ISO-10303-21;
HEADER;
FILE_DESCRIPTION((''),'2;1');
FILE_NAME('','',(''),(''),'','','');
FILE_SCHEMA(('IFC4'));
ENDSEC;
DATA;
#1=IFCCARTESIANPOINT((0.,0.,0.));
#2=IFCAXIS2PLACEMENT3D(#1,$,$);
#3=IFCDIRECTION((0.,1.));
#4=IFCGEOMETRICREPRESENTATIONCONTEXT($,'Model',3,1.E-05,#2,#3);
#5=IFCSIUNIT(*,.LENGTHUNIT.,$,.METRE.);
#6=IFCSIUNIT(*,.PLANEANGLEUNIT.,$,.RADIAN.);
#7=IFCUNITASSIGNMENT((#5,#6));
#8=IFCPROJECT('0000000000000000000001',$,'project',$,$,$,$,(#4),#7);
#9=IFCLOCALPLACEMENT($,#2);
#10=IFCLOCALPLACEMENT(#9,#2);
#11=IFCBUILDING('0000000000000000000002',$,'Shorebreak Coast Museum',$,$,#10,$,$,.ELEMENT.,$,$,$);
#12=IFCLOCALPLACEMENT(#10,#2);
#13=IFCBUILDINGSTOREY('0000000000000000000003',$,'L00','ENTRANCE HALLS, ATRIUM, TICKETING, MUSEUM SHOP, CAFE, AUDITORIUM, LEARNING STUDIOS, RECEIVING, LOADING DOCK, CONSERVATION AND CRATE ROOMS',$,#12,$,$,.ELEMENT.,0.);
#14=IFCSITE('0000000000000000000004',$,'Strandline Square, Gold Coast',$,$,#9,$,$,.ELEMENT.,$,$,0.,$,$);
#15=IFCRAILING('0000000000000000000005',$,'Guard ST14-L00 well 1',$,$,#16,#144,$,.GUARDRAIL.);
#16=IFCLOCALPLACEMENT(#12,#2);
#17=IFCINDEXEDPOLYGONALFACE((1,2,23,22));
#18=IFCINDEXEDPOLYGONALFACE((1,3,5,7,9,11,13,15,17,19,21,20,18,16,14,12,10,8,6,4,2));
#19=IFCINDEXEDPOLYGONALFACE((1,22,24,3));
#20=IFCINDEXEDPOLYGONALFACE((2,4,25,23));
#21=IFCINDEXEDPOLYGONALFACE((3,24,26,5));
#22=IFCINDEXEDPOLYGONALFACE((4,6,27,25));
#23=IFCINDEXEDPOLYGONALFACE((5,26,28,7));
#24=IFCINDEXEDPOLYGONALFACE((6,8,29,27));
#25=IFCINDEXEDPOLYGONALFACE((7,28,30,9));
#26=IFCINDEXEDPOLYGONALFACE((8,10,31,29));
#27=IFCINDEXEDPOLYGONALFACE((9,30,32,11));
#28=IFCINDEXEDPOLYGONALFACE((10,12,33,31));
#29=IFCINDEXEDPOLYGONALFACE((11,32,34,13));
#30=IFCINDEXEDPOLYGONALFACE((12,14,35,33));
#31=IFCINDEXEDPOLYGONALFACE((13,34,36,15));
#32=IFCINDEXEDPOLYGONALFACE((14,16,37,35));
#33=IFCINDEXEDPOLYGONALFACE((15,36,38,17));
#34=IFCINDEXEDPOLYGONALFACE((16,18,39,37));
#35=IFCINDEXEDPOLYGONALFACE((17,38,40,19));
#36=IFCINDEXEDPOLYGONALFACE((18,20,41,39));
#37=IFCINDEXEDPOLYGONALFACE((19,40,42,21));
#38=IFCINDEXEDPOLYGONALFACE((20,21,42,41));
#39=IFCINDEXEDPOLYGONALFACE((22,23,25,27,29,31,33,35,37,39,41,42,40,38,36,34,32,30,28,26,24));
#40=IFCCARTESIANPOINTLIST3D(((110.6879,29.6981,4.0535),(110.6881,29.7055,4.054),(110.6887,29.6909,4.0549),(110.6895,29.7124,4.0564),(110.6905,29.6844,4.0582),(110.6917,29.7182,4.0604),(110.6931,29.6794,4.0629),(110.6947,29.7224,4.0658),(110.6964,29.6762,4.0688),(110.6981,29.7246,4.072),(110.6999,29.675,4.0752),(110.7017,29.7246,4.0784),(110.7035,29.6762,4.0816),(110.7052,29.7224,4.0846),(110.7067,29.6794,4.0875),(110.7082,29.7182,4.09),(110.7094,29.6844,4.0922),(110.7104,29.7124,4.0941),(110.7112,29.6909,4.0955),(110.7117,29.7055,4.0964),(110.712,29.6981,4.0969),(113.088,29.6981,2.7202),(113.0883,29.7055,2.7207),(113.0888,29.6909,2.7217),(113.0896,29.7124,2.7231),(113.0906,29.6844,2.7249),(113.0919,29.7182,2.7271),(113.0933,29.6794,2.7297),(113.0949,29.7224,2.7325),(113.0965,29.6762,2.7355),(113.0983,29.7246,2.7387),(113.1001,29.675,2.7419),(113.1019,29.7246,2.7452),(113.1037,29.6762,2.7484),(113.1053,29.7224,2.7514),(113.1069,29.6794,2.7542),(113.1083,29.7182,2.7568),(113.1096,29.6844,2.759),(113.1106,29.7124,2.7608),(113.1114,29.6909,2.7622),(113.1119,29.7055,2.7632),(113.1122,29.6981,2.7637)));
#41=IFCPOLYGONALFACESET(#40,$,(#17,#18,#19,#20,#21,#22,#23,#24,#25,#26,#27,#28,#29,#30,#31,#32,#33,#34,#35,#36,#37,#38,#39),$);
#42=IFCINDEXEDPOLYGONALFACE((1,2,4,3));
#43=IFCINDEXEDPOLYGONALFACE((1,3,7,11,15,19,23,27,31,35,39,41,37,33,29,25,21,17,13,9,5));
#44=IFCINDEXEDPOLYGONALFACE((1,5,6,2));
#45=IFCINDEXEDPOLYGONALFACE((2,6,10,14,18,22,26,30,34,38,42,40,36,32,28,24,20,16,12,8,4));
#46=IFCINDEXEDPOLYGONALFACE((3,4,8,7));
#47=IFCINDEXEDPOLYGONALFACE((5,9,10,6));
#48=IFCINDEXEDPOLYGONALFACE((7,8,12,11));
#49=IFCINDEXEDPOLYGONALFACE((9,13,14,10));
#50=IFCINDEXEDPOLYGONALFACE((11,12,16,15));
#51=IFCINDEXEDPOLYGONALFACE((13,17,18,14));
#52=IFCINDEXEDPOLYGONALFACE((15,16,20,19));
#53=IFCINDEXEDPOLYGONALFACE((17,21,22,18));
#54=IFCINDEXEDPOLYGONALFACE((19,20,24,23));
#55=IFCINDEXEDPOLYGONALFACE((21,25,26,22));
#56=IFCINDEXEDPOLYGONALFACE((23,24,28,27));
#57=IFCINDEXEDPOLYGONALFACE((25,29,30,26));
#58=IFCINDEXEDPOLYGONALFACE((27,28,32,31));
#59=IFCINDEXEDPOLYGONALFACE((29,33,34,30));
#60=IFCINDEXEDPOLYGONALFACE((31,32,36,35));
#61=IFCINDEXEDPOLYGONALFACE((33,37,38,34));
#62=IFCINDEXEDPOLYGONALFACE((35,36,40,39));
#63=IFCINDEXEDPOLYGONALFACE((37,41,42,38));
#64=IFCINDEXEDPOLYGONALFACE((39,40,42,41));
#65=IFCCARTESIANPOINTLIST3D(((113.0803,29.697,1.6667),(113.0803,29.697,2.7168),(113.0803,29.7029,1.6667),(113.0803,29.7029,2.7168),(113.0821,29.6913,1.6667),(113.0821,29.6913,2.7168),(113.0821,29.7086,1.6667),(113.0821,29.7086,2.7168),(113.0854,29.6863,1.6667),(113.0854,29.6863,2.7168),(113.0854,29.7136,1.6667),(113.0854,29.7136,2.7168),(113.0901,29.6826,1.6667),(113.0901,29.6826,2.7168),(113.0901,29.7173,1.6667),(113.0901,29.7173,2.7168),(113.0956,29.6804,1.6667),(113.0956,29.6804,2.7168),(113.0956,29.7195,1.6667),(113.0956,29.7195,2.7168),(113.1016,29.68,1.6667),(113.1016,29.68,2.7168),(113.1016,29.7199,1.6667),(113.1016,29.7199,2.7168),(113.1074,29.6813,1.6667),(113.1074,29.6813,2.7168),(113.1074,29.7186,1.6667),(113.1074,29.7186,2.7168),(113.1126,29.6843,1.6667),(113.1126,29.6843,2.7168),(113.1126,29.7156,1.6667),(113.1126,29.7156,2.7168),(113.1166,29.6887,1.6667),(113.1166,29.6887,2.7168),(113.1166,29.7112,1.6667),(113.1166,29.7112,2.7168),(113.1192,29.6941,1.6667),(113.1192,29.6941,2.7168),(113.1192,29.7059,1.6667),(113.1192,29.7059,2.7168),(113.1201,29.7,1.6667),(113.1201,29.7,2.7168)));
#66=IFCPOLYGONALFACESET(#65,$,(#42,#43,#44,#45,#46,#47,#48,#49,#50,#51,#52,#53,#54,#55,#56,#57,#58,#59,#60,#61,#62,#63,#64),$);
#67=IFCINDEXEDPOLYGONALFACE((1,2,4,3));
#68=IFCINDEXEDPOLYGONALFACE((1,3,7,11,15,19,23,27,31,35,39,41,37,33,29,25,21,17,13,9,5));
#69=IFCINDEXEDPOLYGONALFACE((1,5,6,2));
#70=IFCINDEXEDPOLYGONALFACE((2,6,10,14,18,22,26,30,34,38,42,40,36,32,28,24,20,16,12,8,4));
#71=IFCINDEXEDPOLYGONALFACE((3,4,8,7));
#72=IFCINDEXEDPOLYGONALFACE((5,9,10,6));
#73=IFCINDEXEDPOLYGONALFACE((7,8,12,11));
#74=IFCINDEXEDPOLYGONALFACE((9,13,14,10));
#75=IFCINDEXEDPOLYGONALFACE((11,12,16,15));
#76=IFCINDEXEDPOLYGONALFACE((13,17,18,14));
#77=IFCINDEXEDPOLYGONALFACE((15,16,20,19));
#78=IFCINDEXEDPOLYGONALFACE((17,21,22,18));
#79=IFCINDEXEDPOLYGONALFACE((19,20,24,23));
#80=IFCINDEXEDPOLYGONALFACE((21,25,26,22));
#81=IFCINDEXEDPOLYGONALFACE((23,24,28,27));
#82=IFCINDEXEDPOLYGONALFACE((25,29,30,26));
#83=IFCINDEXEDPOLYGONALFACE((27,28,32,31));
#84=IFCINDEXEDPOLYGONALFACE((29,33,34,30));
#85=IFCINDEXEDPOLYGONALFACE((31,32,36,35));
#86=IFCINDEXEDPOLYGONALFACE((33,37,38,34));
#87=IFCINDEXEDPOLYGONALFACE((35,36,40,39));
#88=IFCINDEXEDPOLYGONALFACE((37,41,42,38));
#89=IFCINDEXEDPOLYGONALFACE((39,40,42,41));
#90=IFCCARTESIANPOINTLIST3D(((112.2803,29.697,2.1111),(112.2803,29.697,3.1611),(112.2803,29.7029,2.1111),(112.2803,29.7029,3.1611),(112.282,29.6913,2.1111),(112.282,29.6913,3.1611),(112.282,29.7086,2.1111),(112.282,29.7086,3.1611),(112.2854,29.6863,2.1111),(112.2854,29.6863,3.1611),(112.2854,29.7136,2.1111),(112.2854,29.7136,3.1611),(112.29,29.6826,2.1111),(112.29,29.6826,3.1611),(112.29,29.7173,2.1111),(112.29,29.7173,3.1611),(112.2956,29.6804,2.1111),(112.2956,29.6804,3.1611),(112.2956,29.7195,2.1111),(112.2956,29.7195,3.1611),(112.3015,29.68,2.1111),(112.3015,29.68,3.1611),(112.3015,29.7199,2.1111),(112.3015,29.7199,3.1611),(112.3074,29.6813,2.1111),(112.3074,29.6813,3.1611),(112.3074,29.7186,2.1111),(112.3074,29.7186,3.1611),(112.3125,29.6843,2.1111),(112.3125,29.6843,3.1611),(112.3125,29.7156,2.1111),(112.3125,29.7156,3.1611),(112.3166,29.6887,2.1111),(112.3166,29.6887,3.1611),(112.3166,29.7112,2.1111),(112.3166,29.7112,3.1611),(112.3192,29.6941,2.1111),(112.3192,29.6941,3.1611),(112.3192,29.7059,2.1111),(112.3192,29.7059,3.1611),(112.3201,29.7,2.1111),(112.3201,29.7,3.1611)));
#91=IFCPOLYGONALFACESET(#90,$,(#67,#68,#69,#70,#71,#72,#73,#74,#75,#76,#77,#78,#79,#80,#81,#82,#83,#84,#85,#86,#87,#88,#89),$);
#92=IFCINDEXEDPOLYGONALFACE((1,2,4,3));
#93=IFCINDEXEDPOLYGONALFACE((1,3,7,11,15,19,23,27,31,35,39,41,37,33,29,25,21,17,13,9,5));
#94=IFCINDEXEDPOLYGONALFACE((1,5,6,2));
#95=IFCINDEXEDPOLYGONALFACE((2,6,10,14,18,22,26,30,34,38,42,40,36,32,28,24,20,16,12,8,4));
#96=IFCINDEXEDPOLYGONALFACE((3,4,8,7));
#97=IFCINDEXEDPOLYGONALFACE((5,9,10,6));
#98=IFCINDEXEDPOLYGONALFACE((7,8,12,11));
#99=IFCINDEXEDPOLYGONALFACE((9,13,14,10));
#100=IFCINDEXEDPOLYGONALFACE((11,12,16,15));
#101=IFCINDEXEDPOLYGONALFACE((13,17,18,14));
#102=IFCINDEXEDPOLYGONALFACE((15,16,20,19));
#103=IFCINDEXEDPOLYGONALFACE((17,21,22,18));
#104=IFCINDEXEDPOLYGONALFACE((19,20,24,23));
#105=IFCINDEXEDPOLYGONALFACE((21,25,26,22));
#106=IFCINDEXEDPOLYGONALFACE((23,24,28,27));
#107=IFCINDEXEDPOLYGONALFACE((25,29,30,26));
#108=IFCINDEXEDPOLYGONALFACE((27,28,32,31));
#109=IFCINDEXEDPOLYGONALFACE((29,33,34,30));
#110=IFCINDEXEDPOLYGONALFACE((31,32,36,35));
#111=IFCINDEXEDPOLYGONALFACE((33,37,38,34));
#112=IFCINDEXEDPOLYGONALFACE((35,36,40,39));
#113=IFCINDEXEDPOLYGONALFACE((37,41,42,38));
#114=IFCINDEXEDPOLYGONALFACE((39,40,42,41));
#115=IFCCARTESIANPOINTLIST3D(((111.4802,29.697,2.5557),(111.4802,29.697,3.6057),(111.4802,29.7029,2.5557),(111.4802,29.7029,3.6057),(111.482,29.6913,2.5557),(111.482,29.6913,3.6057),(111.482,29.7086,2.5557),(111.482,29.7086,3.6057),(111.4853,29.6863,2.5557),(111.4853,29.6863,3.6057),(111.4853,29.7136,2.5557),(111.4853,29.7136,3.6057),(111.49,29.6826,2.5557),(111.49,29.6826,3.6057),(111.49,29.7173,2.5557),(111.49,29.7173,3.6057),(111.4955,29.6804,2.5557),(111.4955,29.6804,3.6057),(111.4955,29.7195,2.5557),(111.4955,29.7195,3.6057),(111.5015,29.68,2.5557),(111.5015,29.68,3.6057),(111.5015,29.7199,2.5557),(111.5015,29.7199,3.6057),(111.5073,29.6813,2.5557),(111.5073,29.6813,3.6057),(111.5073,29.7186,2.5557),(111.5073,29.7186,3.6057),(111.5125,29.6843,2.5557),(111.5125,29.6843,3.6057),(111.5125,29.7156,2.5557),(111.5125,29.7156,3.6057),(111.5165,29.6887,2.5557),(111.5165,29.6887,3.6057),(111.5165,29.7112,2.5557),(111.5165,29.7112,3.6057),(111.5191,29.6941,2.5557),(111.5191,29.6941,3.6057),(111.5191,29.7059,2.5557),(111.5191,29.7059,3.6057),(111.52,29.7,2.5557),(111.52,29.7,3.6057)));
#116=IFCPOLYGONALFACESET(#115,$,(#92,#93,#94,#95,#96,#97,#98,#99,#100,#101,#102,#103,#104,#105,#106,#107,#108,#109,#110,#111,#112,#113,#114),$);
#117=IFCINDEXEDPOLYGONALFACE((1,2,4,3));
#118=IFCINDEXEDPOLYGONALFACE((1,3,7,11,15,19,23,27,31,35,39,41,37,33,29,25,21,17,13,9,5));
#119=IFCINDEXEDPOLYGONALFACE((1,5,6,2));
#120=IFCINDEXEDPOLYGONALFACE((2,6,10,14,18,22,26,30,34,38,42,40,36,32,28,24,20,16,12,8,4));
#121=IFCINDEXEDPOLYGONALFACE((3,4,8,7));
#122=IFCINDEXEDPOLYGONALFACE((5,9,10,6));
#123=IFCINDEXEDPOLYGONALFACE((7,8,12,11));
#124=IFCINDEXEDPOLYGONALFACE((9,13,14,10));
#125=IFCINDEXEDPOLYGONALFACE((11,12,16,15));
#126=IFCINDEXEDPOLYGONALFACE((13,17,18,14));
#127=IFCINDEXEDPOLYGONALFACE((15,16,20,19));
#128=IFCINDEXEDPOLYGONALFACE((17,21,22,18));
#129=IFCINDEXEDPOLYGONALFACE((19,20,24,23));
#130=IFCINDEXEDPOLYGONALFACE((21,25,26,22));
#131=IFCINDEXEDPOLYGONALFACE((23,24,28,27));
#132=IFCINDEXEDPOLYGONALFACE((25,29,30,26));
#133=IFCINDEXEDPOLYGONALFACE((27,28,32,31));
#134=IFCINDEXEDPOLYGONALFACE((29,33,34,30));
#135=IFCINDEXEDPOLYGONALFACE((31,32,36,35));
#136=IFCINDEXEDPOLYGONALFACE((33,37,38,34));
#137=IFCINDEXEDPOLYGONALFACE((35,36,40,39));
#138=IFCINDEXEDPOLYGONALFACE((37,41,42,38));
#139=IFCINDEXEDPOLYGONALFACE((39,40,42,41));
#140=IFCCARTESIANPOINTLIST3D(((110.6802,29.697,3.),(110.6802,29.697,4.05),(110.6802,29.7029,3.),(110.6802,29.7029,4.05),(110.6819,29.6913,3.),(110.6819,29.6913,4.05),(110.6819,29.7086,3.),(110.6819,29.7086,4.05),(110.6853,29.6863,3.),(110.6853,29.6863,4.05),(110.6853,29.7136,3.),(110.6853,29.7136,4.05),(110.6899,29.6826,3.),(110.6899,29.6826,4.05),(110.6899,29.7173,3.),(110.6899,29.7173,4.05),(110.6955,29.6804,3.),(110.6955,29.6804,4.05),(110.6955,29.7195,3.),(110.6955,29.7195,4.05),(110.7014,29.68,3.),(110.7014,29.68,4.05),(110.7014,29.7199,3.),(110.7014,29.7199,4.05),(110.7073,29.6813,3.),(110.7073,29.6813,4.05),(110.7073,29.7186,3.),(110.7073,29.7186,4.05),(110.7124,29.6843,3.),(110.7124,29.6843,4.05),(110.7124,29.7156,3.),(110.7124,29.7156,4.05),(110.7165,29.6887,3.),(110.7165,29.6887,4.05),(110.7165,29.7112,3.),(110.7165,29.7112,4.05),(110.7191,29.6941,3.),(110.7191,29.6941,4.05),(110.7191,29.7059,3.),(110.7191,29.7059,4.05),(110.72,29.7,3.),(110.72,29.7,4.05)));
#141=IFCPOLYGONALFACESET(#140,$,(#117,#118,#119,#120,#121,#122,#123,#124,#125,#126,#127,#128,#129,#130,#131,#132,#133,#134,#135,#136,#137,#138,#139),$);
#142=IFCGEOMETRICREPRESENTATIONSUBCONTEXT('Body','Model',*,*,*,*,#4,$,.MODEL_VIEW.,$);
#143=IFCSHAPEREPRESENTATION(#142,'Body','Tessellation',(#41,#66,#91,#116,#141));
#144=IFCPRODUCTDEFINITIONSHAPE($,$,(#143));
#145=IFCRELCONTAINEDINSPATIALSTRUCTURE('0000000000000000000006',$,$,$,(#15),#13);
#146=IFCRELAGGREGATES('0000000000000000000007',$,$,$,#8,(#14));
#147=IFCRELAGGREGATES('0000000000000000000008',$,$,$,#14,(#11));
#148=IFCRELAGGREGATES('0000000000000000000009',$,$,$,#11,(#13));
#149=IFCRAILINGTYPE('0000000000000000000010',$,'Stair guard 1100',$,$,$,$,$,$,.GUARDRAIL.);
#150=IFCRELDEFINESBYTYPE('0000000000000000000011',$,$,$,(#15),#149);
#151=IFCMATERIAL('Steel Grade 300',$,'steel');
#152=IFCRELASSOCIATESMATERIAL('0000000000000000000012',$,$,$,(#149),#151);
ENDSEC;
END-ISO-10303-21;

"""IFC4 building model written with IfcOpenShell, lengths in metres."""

from ifc_helpers import new_model, si_unit, direction, frame, origin, origin_2d, place, context, subcontext, project, spatial, circle, extrude, material, type_object, element, save


model = new_model("IFC4")

# Units and contexts
model_context = context("Model", 3, precision=1e-05, world=origin(), true_north=direction((0.0, 1.0)))
body_context = subcontext(model_context, "Body", "Model", "MODEL_VIEW")
ifc_project = project(units=[si_unit("LENGTHUNIT", "METRE"), si_unit("PLANEANGLEUNIT", "RADIAN")], contexts=[model_context])

# Site, building, storey
site_placement = place(None, origin())
site = spatial("IfcSite", under=ifc_project, at=site_placement, Name="Strandline Square, Gold Coast", CompositionType="ELEMENT", RefElevation=0.0)
building_placement = place(site_placement, origin())
building = spatial("IfcBuilding", under=site, at=building_placement, Name="Shorebreak Coast Museum", CompositionType="ELEMENT")
storey_placement = place(building_placement, origin())
storey = spatial("IfcBuildingStorey", under=building, at=storey_placement, Name="L00", Description="ENTRANCE HALLS, ATRIUM, TICKETING, MUSEUM SHOP, CAFE, AUDITORIUM, LEARNING STUDIOS, RECEIVING, LOADING DOCK, CONSERVATION AND CRATE ROOMS", CompositionType="ELEMENT", Elevation=0.0)

# Railing
ifc_material_1 = material(Name="Steel Grade 300", Category="steel")
railing_type_1 = type_object("IfcRailingType", Name="Stair guard 1100", PredefinedType="GUARDRAIL", material=ifc_material_1)
for number, where, name in (
    (1, (113.1001, 29.7, 1.6667), "Guard ST14-L00 well 1"),
):
    element("IfcRailing", number, at=place(storey_placement, frame(where)), inside=storey, type_object=railing_type_1, Name=name, PredefinedType="GUARDRAIL", context=body_context, shape_type="SweptSolid", body=[
        extrude(circle(Radius=0.0249, at=origin_2d()), frame((0.0, 0.0, 1.0752), z_axis=(-0.874182, 0.0, 0.485598), x_axis=(0.0, -1.0, 0.0)), (0.0, 0.0, 1.0), 2.7456),
        extrude(circle(Radius=0.02, at=origin_2d()), origin(), (0.0, 0.0, 1.0), 1.05),
        extrude(circle(Radius=0.02, at=origin_2d()), frame((-0.8, 0.0, 0.4443)), (0.0, 0.0, 1.0), 1.05),
        extrude(circle(Radius=0.02, at=origin_2d()), frame((-1.6001, 0.0, 0.8889)), (0.0, 0.0, 1.0), 1.05),
        extrude(circle(Radius=0.02, at=origin_2d()), frame((-2.4001, 0.0, 1.3333)), (0.0, 0.0, 1.0), 1.05),
    ])

save(model, "model.ifc")
